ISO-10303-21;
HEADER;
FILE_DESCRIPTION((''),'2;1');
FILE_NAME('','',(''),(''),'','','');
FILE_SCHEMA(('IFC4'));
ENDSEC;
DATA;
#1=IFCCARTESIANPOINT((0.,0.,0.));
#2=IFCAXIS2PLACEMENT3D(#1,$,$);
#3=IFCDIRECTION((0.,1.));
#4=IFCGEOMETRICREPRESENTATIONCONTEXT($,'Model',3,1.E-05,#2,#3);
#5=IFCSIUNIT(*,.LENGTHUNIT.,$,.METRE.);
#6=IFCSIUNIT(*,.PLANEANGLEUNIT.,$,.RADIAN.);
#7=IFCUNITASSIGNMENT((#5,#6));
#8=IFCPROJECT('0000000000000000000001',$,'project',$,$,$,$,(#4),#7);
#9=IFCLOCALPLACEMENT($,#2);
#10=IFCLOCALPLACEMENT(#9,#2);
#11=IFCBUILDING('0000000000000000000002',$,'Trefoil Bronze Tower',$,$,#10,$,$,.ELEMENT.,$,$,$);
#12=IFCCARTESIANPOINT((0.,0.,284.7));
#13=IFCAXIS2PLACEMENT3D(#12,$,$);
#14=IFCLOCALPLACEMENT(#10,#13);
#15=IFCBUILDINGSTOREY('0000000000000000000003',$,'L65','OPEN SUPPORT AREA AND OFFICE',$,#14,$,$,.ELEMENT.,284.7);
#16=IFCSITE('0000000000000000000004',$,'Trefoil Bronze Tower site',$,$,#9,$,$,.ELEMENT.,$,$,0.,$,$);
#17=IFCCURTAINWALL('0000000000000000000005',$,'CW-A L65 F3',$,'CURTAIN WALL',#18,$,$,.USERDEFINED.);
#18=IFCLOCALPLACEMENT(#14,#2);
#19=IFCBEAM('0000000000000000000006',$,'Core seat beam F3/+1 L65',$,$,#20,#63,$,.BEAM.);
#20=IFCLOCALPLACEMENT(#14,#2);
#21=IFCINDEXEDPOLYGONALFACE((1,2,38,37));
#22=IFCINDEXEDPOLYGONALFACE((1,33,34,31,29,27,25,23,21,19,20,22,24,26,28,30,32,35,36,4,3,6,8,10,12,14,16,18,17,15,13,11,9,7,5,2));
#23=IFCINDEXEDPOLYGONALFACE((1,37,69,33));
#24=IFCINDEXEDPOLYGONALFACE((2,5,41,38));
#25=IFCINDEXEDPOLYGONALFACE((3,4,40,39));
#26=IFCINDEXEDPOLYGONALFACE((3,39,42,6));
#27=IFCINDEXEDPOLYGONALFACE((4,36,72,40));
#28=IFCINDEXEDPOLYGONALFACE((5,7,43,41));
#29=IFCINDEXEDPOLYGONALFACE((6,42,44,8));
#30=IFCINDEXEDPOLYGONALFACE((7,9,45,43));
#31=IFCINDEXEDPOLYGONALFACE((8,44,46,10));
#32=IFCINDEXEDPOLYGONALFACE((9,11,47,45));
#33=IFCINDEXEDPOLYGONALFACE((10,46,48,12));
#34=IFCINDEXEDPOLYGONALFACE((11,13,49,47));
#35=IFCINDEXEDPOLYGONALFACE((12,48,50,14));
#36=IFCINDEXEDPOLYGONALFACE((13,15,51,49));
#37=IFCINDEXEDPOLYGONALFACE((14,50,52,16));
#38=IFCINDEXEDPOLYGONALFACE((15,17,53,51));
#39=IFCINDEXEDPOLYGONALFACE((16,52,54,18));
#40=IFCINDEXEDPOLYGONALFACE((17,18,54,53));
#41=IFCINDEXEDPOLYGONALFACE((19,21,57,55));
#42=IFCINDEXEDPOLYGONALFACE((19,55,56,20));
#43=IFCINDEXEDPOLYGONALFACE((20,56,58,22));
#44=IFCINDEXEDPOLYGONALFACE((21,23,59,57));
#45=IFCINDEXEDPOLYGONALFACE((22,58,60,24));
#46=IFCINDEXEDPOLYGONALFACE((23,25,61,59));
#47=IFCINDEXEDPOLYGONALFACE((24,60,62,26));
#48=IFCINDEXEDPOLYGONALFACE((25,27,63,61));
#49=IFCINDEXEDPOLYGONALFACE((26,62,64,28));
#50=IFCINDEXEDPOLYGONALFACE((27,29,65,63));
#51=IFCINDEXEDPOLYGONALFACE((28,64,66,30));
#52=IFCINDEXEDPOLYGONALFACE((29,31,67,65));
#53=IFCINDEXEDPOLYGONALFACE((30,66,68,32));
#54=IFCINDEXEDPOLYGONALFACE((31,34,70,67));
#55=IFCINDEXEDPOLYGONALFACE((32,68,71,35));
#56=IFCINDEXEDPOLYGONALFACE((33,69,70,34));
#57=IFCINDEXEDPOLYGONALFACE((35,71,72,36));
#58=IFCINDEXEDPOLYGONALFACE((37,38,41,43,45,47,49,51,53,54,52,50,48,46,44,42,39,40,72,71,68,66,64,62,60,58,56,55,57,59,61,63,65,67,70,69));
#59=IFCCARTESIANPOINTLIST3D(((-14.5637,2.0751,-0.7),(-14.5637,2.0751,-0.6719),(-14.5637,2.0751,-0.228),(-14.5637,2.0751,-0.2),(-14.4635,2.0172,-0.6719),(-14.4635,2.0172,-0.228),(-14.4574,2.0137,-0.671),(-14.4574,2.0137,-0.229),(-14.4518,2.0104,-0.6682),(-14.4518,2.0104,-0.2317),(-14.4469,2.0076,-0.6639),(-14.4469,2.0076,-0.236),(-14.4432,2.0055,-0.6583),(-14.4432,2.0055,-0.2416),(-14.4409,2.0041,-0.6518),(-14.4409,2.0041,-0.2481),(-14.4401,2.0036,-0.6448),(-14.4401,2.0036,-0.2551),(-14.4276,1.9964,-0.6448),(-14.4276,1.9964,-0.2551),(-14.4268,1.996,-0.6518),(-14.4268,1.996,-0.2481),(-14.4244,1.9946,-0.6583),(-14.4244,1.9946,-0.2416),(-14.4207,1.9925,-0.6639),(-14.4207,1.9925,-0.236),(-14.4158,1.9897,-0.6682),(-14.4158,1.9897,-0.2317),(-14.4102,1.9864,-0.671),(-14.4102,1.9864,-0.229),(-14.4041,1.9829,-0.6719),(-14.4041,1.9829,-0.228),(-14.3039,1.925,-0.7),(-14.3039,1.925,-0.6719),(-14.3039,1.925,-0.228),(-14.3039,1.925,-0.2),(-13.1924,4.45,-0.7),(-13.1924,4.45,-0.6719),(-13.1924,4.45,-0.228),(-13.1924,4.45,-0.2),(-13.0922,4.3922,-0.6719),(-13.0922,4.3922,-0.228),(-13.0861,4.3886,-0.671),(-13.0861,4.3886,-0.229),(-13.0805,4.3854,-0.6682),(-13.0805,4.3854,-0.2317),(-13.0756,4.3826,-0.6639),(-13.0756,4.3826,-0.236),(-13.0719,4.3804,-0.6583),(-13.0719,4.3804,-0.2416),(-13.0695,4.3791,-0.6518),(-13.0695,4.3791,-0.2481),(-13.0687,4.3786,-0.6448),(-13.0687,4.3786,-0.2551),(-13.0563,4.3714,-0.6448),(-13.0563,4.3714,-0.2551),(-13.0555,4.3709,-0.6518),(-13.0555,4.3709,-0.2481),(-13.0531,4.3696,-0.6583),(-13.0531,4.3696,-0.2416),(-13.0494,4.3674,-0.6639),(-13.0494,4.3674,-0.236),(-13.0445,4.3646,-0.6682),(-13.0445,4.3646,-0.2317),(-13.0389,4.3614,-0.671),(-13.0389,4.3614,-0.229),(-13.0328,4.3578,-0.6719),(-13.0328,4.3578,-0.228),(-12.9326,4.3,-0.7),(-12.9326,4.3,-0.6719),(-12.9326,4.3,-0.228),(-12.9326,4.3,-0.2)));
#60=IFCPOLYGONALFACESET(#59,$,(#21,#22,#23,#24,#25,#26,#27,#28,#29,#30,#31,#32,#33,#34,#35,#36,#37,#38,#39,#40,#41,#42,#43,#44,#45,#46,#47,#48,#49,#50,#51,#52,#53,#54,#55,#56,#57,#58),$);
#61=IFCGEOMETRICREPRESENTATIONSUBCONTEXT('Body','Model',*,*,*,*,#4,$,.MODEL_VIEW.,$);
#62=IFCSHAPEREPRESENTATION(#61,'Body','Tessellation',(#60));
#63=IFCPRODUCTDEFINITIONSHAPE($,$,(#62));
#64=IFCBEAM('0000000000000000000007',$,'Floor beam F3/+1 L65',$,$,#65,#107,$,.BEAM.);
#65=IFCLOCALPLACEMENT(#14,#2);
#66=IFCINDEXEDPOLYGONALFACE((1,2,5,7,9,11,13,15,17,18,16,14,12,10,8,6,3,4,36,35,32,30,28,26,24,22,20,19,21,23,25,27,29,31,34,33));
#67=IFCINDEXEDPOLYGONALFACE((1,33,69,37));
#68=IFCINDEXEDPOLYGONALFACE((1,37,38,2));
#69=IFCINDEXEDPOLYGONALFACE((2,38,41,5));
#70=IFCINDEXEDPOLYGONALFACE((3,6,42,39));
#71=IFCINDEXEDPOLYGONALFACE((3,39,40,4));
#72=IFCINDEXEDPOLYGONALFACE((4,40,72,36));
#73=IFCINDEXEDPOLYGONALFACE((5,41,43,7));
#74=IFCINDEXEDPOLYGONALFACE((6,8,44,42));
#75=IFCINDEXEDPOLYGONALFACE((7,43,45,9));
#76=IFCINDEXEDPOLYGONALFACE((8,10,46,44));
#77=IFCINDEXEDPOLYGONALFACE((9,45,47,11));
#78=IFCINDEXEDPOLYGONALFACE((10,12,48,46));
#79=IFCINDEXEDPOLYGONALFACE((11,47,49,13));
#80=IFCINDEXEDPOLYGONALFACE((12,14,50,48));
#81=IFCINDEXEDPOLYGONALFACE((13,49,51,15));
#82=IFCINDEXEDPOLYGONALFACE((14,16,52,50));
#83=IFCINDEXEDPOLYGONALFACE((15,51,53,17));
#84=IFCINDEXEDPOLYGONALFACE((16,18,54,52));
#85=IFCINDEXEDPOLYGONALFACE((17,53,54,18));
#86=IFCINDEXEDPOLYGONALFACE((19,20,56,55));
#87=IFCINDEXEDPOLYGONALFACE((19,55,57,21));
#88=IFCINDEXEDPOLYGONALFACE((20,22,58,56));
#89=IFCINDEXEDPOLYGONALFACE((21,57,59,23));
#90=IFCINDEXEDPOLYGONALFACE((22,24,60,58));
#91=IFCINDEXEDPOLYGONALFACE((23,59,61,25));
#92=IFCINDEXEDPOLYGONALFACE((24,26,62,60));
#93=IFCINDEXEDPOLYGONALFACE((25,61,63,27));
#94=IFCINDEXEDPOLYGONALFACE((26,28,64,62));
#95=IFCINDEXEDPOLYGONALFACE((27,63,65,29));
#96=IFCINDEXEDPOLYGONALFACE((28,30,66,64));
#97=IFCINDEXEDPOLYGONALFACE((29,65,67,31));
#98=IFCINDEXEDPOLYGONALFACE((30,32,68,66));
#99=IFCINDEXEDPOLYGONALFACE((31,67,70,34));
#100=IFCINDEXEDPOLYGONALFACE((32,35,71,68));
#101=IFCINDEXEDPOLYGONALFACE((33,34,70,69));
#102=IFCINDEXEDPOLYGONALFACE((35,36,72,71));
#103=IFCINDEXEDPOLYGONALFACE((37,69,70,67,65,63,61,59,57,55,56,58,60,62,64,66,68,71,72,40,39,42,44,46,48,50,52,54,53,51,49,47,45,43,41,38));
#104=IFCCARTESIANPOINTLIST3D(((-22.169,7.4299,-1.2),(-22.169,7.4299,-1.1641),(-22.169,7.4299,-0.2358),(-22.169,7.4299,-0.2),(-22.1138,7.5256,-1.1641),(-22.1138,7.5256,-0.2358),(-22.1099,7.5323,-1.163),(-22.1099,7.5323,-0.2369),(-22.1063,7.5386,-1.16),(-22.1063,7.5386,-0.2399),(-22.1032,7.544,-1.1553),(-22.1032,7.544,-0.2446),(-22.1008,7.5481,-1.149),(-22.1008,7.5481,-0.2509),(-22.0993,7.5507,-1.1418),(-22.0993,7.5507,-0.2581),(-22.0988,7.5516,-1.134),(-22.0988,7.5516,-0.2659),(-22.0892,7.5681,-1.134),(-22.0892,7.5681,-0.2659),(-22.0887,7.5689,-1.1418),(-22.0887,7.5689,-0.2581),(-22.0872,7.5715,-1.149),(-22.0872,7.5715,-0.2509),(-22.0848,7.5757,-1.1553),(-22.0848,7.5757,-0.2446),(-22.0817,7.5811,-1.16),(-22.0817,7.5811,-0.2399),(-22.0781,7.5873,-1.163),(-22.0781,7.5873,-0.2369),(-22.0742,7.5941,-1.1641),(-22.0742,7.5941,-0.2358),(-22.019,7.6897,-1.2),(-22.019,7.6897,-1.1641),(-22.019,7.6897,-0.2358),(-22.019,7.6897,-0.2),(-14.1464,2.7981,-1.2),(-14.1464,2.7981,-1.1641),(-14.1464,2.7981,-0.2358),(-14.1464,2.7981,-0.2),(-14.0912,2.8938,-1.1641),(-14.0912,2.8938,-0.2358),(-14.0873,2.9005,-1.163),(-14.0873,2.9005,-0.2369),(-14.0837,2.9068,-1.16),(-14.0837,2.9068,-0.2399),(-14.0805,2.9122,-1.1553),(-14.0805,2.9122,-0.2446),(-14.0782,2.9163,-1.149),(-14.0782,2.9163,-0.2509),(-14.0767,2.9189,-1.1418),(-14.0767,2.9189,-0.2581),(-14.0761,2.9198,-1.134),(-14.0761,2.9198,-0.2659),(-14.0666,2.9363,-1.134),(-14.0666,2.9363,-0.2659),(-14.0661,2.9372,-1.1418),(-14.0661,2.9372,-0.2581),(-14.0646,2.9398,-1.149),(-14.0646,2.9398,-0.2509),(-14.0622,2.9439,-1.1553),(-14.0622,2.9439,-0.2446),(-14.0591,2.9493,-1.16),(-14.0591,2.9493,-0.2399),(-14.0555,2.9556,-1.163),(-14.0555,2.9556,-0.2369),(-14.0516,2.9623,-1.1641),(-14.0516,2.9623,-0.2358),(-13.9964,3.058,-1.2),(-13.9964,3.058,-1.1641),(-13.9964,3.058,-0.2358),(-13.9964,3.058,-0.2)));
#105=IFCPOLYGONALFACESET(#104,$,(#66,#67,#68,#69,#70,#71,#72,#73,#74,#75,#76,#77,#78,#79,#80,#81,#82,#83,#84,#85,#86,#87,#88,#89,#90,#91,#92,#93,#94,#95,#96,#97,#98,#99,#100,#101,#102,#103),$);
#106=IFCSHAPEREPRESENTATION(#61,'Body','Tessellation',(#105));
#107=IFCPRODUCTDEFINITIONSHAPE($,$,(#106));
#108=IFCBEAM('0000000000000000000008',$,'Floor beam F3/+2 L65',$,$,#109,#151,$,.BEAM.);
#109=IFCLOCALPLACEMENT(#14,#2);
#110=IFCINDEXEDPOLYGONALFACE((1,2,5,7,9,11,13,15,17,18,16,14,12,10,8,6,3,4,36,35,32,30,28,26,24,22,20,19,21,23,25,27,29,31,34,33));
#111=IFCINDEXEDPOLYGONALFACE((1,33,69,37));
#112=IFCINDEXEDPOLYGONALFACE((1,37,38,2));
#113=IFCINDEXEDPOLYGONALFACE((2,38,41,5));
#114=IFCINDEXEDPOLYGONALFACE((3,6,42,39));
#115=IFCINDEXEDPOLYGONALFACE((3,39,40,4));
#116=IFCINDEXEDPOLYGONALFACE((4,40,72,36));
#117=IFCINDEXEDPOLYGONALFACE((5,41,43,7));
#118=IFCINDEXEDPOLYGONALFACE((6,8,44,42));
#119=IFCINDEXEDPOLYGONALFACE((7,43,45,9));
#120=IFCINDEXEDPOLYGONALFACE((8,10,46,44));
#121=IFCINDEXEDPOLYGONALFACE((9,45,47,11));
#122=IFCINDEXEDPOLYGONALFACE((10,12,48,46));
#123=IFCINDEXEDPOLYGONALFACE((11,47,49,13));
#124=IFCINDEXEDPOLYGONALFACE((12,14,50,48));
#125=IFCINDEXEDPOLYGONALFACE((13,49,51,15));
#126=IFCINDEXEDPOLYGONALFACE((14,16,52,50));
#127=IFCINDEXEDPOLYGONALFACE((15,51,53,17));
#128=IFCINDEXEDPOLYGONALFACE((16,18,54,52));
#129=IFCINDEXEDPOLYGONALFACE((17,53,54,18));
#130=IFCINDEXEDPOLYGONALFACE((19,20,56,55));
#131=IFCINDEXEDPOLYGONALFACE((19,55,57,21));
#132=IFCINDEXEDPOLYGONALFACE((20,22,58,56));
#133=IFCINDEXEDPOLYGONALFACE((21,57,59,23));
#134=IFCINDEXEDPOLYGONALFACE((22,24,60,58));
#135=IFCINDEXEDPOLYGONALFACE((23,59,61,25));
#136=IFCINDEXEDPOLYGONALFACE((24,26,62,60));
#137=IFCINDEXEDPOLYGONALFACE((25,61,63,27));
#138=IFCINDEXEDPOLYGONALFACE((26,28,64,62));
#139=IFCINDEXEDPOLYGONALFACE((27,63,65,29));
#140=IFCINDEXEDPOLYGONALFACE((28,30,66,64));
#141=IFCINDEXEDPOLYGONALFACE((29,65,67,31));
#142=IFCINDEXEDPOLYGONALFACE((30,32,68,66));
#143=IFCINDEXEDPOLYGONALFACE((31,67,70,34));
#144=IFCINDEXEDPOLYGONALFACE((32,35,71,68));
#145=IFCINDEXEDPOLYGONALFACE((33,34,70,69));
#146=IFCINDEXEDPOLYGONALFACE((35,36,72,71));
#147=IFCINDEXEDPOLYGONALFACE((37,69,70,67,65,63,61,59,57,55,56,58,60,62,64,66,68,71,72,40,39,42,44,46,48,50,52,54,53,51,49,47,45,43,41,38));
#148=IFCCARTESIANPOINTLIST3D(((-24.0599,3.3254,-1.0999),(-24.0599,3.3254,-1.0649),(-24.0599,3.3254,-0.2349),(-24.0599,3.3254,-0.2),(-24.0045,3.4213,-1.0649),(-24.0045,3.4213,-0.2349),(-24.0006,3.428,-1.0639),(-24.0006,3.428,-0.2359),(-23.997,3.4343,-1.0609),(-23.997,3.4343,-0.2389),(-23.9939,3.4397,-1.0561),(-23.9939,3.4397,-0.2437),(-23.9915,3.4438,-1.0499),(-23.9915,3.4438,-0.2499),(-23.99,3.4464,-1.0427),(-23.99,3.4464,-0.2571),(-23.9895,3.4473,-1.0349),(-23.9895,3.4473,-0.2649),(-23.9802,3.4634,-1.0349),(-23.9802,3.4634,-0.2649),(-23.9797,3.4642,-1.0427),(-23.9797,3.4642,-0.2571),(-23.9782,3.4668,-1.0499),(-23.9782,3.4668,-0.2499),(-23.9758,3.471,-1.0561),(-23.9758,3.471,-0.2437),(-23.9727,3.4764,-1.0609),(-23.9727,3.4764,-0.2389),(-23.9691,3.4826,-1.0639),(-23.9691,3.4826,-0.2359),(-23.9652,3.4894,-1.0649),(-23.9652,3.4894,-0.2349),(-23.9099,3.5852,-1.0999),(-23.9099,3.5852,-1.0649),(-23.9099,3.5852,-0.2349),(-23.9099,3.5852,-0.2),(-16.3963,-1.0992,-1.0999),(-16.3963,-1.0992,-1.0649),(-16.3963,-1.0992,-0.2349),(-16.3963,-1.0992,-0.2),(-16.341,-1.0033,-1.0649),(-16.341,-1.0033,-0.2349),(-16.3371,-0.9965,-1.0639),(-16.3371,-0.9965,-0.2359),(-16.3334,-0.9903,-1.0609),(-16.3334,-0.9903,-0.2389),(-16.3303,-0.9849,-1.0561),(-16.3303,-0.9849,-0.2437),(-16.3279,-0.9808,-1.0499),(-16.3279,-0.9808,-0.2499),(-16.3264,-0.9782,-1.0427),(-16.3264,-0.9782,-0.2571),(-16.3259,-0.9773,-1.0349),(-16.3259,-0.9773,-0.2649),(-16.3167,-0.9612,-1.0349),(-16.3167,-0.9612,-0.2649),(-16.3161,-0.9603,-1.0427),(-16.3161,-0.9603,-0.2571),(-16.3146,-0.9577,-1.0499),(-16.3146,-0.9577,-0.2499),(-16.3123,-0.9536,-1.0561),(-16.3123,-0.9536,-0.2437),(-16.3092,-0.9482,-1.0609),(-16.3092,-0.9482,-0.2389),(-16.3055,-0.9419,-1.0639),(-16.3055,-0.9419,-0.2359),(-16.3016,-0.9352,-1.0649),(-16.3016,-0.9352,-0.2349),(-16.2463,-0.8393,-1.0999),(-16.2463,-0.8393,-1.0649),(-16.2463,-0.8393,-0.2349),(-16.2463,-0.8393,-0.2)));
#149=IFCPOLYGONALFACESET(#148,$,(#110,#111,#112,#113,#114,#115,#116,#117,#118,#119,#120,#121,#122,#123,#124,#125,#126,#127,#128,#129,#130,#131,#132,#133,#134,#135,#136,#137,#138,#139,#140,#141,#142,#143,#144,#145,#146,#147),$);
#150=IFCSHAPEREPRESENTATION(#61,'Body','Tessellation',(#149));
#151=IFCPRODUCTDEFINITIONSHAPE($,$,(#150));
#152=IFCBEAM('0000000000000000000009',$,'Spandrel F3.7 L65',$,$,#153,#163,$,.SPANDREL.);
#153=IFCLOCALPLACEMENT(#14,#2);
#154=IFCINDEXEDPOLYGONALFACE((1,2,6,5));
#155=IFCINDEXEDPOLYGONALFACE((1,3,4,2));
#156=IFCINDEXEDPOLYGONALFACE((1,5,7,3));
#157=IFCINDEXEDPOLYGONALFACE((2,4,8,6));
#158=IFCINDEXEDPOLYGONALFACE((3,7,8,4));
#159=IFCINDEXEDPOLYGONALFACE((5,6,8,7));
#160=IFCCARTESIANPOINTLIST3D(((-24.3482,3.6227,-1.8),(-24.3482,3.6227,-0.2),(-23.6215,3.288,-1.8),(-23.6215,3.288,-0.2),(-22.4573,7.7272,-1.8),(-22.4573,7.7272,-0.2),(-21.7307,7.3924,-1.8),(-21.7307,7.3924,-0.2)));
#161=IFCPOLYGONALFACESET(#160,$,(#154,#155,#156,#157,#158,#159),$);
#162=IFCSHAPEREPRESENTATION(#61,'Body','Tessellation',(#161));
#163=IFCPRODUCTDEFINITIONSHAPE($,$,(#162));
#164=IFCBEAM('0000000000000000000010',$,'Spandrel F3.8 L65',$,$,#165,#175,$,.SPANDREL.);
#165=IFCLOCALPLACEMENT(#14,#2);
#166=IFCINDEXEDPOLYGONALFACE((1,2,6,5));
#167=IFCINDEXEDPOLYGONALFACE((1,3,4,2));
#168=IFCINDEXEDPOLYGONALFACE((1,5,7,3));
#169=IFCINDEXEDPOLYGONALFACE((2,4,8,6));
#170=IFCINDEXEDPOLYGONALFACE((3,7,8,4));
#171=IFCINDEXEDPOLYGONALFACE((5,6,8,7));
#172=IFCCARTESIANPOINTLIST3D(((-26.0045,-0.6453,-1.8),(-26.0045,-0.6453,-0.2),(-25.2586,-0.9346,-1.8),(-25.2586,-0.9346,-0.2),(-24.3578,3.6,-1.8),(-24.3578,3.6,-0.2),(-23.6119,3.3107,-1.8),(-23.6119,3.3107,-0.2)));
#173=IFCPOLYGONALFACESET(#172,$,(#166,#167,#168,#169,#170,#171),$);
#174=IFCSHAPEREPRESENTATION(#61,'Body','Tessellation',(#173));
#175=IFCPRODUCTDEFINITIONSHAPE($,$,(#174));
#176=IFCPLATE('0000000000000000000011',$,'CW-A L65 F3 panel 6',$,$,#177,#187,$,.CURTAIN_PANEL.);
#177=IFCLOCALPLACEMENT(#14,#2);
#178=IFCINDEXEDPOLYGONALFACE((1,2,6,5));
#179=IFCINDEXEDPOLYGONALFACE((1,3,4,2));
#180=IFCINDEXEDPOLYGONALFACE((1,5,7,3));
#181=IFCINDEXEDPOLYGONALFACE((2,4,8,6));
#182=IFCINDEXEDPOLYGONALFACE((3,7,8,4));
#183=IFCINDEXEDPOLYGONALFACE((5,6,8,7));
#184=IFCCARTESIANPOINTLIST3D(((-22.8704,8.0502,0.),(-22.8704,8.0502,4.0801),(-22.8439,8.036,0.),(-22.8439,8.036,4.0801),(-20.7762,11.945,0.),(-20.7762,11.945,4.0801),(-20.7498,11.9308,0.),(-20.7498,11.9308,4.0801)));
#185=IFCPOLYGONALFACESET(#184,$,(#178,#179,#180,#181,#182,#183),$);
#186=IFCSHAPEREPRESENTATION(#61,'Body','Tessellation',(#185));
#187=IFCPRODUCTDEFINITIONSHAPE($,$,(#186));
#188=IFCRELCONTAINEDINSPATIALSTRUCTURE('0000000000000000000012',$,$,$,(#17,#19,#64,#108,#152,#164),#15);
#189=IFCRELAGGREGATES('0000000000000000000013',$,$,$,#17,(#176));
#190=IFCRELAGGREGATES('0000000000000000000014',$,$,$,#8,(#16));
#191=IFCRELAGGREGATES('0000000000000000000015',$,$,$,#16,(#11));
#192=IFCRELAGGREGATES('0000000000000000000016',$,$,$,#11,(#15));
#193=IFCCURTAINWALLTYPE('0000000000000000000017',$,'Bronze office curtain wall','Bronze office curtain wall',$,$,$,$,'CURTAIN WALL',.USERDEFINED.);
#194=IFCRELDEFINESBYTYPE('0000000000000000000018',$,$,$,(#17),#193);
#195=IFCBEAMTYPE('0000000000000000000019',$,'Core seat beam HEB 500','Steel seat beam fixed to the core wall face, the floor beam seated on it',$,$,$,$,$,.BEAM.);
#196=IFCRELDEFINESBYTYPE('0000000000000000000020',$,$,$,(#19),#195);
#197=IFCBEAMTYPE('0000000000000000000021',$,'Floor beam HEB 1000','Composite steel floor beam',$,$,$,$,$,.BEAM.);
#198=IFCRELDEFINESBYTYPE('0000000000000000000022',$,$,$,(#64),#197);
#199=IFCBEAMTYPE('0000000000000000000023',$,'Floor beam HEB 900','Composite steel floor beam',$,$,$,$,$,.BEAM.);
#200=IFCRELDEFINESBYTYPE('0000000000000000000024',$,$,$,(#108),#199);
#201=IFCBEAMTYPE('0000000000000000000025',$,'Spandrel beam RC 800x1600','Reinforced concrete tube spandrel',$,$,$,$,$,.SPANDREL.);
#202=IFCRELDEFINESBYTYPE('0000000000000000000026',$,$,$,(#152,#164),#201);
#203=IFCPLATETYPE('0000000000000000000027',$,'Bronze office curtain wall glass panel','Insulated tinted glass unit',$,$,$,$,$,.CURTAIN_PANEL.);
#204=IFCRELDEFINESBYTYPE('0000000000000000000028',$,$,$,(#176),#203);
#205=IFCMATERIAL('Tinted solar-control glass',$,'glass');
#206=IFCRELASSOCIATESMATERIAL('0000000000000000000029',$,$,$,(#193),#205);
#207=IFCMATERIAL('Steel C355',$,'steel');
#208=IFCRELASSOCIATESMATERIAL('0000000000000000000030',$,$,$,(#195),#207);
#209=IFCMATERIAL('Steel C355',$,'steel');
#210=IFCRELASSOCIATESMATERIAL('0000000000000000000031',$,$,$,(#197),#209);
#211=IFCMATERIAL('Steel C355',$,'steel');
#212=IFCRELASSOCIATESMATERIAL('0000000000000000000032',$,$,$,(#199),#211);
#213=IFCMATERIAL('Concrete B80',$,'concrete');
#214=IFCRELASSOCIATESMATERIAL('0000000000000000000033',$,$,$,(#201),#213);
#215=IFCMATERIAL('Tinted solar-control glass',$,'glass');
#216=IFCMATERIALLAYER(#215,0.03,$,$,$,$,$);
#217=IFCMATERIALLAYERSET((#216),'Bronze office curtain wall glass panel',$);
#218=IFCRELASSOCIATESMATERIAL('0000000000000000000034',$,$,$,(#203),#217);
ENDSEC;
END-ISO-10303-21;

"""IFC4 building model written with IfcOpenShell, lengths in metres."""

from ifc_helpers import new_model, si_unit, direction, frame, origin, origin_2d, place, context, subcontext, project, spatial, rectangle, i_section, extrude, material, layer, layer_set, material_profile, profile_set, type_object, element, aggregate, save


model = new_model("IFC4")

# Units and contexts
model_context = context("Model", 3, precision=1e-05, world=origin(), true_north=direction((0.0, 1.0)))
body_context = subcontext(model_context, "Body", "Model", "MODEL_VIEW")
ifc_project = project(units=[si_unit("LENGTHUNIT", "METRE"), si_unit("PLANEANGLEUNIT", "RADIAN")], contexts=[model_context])

# Site, building, storey
site_placement = place(None, origin())
site = spatial("IfcSite", under=ifc_project, at=site_placement, Name="Trefoil Bronze Tower site", CompositionType="ELEMENT", RefElevation=0.0)
building_placement = place(site_placement, origin())
building = spatial("IfcBuilding", under=site, at=building_placement, Name="Trefoil Bronze Tower", CompositionType="ELEMENT")
storey_placement = place(building_placement, frame((0.0, 0.0, 284.7)))
storey = spatial("IfcBuildingStorey", under=building, at=storey_placement, Name="L65", Description="OPEN SUPPORT AREA AND OFFICE", CompositionType="ELEMENT", Elevation=284.7)

# Curtain wall
ifc_material_1 = material(Name="Tinted solar-control glass", Category="glass")
curtain_wall_type = type_object("IfcCurtainWallType", Name="Bronze office curtain wall", Description="Bronze office curtain wall", ElementType="CURTAIN WALL", PredefinedType="USERDEFINED", material=ifc_material_1)
curtain_wall_placement = place(storey_placement, origin())
curtain_wall = element("IfcCurtainWall", 1, at=curtain_wall_placement, inside=storey, type_object=curtain_wall_type, Name="CW-A L65 F3", ObjectType="CURTAIN WALL", PredefinedType="USERDEFINED")

# Beams
ifc_material_2 = material(Name="Steel C355", Category="steel")
ifc_material_profile_1 = material_profile(ifc_material_2, i_section(OverallWidth=0.3, OverallDepth=0.5, WebThickness=0.0144, FlangeThickness=0.0281, FilletRadius=0.0271, at=origin_2d()), Name="HEB 500")
ifc_profile_set_1 = profile_set([ifc_material_profile_1], Name="Steel C355")
beam_type_1 = type_object("IfcBeamType", Name="Core seat beam HEB 500", Description="Steel seat beam fixed to the core wall face, the floor beam seated on it", PredefinedType="BEAM", material=ifc_profile_set_1)
for number, where, z_axis, x_axis, name in (
    (2, (-13.0625, 4.375, -0.45), (-0.500036, -0.866005, 0.0), (0.866005, -0.500036, 0.0), "Core seat beam F3/+1 L65"),
):
    element("IfcBeam", number, at=place(storey_placement, frame(where, z_axis=z_axis, x_axis=x_axis)), inside=storey, type_object=beam_type_1, Name=name, PredefinedType="BEAM", context=body_context, shape_type="SweptSolid", body=[
        extrude(i_section(OverallWidth=0.3, OverallDepth=0.5, WebThickness=0.0144, FlangeThickness=0.0281, FilletRadius=0.0271, at=origin_2d()), origin(), (0.0, 0.0, 1.0), 2.7424),
    ])
ifc_material_3 = material(Name="Steel C355", Category="steel")
ifc_material_profile_2 = material_profile(ifc_material_3, i_section(OverallWidth=0.3, OverallDepth=1.0, WebThickness=0.019, FlangeThickness=0.0359, FilletRadius=0.03, at=origin_2d()), Name="HEB 1000")
ifc_profile_set_2 = profile_set([ifc_material_profile_2], Name="Steel C355")
beam_type_2 = type_object("IfcBeamType", Name="Floor beam HEB 1000", Description="Composite steel floor beam", PredefinedType="BEAM", material=ifc_profile_set_2)
beam_1_placement = place(storey_placement, frame((-22.094, 7.5598, -0.7), z_axis=(0.866029, -0.499994, 0.0), x_axis=(0.499994, 0.866029, 0.0)))
element("IfcBeam", 3, at=beam_1_placement, inside=storey, type_object=beam_type_2, Name="Floor beam F3/+1 L65", PredefinedType="BEAM", context=body_context, shape_type="SweptSolid", body=[
    extrude(i_section(OverallWidth=0.3, OverallDepth=1.0, WebThickness=0.019, FlangeThickness=0.0359, FilletRadius=0.03, at=origin_2d()), origin(), (0.0, 0.0, 1.0), 9.2637),
])
ifc_material_4 = material(Name="Steel C355", Category="steel")
ifc_material_profile_3 = material_profile(ifc_material_4, i_section(OverallWidth=0.3, OverallDepth=0.8999, WebThickness=0.0186, FlangeThickness=0.0349, FilletRadius=0.03, at=origin_2d()), Name="HEB 900")
ifc_profile_set_3 = profile_set([ifc_material_profile_3], Name="Steel C355")
beam_type_3 = type_object("IfcBeamType", Name="Floor beam HEB 900", Description="Composite steel floor beam", PredefinedType="BEAM", material=ifc_profile_set_3)
beam_2_placement = place(storey_placement, frame((-23.9849, 3.4553, -0.6499), z_axis=(0.866026, -0.499999, 0.0), x_axis=(0.499999, 0.866026, 0.0)))
element("IfcBeam", 4, at=beam_2_placement, inside=storey, type_object=beam_type_3, Name="Floor beam F3/+2 L65", PredefinedType="BEAM", context=body_context, shape_type="SweptSolid", body=[
    extrude(i_section(OverallWidth=0.3, OverallDepth=0.8999, WebThickness=0.0186, FlangeThickness=0.0349, FilletRadius=0.03, at=origin_2d()), origin(), (0.0, 0.0, 1.0), 8.8491),
])
ifc_material_5 = material(Name="Concrete B80", Category="concrete")
ifc_material_profile_4 = material_profile(ifc_material_5, rectangle(XDim=0.8, YDim=1.6001, at=origin_2d()), Name="RC 800x1600")
ifc_profile_set_4 = profile_set([ifc_material_profile_4], Name="Concrete B80")
beam_type_4 = type_object("IfcBeamType", Name="Spandrel beam RC 800x1600", Description="Reinforced concrete tube spandrel", PredefinedType="SPANDREL", material=ifc_profile_set_4)
beam_3_placement = place(storey_placement, frame((-22.094, 7.5598, -1.0), z_axis=(-0.418417, -0.908255, 0.0), x_axis=(0.908255, -0.418417, 0.0)))
element("IfcBeam", 5, at=beam_3_placement, inside=storey, type_object=beam_type_4, Name="Spandrel F3.7 L65", PredefinedType="SPANDREL", context=body_context, shape_type="SweptSolid", body=[
    extrude(rectangle(XDim=0.8, YDim=1.6001, at=origin_2d()), origin(), (0.0, 0.0, 1.0), 4.519),
])
beam_4_placement = place(storey_placement, frame((-23.9849, 3.4553, -1.0), z_axis=(-0.361636, -0.932319, 0.0), x_axis=(0.932319, -0.361636, 0.0)))
element("IfcBeam", 6, at=beam_4_placement, inside=storey, type_object=beam_type_4, Name="Spandrel F3.8 L65", PredefinedType="SPANDREL", context=body_context, shape_type="SweptSolid", body=[
    extrude(rectangle(XDim=0.8, YDim=1.6001, at=origin_2d()), origin(), (0.0, 0.0, 1.0), 4.5535),
])

# Plate
ifc_material_6 = material(Name="Tinted solar-control glass", Category="glass")
ifc_layer_1 = layer(ifc_material_6, 0.03)
ifc_layer_set_1 = layer_set([ifc_layer_1], Name="Bronze office curtain wall glass panel")
plate_type = type_object("IfcPlateType", Name="Bronze office curtain wall glass panel", Description="Insulated tinted glass unit", PredefinedType="CURTAIN_PANEL", material=ifc_layer_set_1)
plate_1_placement = place(storey_placement, frame((-21.8101, 9.9905, 0.0), z_axis=(0.0, 0.0, 1.0), x_axis=(-0.473562, -0.88076, 0.0)))
plate_1 = element("IfcPlate", 7, at=plate_1_placement, type_object=plate_type, Name="CW-A L65 F3 panel 6", PredefinedType="CURTAIN_PANEL", context=body_context, shape_type="SweptSolid", body=[
    extrude(rectangle(XDim=4.4221, YDim=0.03, at=origin_2d()), origin(), (0.0, 0.0, 1.0), 4.0801),
])
aggregate(curtain_wall, [plate_1])

save(model, "model.ifc")
